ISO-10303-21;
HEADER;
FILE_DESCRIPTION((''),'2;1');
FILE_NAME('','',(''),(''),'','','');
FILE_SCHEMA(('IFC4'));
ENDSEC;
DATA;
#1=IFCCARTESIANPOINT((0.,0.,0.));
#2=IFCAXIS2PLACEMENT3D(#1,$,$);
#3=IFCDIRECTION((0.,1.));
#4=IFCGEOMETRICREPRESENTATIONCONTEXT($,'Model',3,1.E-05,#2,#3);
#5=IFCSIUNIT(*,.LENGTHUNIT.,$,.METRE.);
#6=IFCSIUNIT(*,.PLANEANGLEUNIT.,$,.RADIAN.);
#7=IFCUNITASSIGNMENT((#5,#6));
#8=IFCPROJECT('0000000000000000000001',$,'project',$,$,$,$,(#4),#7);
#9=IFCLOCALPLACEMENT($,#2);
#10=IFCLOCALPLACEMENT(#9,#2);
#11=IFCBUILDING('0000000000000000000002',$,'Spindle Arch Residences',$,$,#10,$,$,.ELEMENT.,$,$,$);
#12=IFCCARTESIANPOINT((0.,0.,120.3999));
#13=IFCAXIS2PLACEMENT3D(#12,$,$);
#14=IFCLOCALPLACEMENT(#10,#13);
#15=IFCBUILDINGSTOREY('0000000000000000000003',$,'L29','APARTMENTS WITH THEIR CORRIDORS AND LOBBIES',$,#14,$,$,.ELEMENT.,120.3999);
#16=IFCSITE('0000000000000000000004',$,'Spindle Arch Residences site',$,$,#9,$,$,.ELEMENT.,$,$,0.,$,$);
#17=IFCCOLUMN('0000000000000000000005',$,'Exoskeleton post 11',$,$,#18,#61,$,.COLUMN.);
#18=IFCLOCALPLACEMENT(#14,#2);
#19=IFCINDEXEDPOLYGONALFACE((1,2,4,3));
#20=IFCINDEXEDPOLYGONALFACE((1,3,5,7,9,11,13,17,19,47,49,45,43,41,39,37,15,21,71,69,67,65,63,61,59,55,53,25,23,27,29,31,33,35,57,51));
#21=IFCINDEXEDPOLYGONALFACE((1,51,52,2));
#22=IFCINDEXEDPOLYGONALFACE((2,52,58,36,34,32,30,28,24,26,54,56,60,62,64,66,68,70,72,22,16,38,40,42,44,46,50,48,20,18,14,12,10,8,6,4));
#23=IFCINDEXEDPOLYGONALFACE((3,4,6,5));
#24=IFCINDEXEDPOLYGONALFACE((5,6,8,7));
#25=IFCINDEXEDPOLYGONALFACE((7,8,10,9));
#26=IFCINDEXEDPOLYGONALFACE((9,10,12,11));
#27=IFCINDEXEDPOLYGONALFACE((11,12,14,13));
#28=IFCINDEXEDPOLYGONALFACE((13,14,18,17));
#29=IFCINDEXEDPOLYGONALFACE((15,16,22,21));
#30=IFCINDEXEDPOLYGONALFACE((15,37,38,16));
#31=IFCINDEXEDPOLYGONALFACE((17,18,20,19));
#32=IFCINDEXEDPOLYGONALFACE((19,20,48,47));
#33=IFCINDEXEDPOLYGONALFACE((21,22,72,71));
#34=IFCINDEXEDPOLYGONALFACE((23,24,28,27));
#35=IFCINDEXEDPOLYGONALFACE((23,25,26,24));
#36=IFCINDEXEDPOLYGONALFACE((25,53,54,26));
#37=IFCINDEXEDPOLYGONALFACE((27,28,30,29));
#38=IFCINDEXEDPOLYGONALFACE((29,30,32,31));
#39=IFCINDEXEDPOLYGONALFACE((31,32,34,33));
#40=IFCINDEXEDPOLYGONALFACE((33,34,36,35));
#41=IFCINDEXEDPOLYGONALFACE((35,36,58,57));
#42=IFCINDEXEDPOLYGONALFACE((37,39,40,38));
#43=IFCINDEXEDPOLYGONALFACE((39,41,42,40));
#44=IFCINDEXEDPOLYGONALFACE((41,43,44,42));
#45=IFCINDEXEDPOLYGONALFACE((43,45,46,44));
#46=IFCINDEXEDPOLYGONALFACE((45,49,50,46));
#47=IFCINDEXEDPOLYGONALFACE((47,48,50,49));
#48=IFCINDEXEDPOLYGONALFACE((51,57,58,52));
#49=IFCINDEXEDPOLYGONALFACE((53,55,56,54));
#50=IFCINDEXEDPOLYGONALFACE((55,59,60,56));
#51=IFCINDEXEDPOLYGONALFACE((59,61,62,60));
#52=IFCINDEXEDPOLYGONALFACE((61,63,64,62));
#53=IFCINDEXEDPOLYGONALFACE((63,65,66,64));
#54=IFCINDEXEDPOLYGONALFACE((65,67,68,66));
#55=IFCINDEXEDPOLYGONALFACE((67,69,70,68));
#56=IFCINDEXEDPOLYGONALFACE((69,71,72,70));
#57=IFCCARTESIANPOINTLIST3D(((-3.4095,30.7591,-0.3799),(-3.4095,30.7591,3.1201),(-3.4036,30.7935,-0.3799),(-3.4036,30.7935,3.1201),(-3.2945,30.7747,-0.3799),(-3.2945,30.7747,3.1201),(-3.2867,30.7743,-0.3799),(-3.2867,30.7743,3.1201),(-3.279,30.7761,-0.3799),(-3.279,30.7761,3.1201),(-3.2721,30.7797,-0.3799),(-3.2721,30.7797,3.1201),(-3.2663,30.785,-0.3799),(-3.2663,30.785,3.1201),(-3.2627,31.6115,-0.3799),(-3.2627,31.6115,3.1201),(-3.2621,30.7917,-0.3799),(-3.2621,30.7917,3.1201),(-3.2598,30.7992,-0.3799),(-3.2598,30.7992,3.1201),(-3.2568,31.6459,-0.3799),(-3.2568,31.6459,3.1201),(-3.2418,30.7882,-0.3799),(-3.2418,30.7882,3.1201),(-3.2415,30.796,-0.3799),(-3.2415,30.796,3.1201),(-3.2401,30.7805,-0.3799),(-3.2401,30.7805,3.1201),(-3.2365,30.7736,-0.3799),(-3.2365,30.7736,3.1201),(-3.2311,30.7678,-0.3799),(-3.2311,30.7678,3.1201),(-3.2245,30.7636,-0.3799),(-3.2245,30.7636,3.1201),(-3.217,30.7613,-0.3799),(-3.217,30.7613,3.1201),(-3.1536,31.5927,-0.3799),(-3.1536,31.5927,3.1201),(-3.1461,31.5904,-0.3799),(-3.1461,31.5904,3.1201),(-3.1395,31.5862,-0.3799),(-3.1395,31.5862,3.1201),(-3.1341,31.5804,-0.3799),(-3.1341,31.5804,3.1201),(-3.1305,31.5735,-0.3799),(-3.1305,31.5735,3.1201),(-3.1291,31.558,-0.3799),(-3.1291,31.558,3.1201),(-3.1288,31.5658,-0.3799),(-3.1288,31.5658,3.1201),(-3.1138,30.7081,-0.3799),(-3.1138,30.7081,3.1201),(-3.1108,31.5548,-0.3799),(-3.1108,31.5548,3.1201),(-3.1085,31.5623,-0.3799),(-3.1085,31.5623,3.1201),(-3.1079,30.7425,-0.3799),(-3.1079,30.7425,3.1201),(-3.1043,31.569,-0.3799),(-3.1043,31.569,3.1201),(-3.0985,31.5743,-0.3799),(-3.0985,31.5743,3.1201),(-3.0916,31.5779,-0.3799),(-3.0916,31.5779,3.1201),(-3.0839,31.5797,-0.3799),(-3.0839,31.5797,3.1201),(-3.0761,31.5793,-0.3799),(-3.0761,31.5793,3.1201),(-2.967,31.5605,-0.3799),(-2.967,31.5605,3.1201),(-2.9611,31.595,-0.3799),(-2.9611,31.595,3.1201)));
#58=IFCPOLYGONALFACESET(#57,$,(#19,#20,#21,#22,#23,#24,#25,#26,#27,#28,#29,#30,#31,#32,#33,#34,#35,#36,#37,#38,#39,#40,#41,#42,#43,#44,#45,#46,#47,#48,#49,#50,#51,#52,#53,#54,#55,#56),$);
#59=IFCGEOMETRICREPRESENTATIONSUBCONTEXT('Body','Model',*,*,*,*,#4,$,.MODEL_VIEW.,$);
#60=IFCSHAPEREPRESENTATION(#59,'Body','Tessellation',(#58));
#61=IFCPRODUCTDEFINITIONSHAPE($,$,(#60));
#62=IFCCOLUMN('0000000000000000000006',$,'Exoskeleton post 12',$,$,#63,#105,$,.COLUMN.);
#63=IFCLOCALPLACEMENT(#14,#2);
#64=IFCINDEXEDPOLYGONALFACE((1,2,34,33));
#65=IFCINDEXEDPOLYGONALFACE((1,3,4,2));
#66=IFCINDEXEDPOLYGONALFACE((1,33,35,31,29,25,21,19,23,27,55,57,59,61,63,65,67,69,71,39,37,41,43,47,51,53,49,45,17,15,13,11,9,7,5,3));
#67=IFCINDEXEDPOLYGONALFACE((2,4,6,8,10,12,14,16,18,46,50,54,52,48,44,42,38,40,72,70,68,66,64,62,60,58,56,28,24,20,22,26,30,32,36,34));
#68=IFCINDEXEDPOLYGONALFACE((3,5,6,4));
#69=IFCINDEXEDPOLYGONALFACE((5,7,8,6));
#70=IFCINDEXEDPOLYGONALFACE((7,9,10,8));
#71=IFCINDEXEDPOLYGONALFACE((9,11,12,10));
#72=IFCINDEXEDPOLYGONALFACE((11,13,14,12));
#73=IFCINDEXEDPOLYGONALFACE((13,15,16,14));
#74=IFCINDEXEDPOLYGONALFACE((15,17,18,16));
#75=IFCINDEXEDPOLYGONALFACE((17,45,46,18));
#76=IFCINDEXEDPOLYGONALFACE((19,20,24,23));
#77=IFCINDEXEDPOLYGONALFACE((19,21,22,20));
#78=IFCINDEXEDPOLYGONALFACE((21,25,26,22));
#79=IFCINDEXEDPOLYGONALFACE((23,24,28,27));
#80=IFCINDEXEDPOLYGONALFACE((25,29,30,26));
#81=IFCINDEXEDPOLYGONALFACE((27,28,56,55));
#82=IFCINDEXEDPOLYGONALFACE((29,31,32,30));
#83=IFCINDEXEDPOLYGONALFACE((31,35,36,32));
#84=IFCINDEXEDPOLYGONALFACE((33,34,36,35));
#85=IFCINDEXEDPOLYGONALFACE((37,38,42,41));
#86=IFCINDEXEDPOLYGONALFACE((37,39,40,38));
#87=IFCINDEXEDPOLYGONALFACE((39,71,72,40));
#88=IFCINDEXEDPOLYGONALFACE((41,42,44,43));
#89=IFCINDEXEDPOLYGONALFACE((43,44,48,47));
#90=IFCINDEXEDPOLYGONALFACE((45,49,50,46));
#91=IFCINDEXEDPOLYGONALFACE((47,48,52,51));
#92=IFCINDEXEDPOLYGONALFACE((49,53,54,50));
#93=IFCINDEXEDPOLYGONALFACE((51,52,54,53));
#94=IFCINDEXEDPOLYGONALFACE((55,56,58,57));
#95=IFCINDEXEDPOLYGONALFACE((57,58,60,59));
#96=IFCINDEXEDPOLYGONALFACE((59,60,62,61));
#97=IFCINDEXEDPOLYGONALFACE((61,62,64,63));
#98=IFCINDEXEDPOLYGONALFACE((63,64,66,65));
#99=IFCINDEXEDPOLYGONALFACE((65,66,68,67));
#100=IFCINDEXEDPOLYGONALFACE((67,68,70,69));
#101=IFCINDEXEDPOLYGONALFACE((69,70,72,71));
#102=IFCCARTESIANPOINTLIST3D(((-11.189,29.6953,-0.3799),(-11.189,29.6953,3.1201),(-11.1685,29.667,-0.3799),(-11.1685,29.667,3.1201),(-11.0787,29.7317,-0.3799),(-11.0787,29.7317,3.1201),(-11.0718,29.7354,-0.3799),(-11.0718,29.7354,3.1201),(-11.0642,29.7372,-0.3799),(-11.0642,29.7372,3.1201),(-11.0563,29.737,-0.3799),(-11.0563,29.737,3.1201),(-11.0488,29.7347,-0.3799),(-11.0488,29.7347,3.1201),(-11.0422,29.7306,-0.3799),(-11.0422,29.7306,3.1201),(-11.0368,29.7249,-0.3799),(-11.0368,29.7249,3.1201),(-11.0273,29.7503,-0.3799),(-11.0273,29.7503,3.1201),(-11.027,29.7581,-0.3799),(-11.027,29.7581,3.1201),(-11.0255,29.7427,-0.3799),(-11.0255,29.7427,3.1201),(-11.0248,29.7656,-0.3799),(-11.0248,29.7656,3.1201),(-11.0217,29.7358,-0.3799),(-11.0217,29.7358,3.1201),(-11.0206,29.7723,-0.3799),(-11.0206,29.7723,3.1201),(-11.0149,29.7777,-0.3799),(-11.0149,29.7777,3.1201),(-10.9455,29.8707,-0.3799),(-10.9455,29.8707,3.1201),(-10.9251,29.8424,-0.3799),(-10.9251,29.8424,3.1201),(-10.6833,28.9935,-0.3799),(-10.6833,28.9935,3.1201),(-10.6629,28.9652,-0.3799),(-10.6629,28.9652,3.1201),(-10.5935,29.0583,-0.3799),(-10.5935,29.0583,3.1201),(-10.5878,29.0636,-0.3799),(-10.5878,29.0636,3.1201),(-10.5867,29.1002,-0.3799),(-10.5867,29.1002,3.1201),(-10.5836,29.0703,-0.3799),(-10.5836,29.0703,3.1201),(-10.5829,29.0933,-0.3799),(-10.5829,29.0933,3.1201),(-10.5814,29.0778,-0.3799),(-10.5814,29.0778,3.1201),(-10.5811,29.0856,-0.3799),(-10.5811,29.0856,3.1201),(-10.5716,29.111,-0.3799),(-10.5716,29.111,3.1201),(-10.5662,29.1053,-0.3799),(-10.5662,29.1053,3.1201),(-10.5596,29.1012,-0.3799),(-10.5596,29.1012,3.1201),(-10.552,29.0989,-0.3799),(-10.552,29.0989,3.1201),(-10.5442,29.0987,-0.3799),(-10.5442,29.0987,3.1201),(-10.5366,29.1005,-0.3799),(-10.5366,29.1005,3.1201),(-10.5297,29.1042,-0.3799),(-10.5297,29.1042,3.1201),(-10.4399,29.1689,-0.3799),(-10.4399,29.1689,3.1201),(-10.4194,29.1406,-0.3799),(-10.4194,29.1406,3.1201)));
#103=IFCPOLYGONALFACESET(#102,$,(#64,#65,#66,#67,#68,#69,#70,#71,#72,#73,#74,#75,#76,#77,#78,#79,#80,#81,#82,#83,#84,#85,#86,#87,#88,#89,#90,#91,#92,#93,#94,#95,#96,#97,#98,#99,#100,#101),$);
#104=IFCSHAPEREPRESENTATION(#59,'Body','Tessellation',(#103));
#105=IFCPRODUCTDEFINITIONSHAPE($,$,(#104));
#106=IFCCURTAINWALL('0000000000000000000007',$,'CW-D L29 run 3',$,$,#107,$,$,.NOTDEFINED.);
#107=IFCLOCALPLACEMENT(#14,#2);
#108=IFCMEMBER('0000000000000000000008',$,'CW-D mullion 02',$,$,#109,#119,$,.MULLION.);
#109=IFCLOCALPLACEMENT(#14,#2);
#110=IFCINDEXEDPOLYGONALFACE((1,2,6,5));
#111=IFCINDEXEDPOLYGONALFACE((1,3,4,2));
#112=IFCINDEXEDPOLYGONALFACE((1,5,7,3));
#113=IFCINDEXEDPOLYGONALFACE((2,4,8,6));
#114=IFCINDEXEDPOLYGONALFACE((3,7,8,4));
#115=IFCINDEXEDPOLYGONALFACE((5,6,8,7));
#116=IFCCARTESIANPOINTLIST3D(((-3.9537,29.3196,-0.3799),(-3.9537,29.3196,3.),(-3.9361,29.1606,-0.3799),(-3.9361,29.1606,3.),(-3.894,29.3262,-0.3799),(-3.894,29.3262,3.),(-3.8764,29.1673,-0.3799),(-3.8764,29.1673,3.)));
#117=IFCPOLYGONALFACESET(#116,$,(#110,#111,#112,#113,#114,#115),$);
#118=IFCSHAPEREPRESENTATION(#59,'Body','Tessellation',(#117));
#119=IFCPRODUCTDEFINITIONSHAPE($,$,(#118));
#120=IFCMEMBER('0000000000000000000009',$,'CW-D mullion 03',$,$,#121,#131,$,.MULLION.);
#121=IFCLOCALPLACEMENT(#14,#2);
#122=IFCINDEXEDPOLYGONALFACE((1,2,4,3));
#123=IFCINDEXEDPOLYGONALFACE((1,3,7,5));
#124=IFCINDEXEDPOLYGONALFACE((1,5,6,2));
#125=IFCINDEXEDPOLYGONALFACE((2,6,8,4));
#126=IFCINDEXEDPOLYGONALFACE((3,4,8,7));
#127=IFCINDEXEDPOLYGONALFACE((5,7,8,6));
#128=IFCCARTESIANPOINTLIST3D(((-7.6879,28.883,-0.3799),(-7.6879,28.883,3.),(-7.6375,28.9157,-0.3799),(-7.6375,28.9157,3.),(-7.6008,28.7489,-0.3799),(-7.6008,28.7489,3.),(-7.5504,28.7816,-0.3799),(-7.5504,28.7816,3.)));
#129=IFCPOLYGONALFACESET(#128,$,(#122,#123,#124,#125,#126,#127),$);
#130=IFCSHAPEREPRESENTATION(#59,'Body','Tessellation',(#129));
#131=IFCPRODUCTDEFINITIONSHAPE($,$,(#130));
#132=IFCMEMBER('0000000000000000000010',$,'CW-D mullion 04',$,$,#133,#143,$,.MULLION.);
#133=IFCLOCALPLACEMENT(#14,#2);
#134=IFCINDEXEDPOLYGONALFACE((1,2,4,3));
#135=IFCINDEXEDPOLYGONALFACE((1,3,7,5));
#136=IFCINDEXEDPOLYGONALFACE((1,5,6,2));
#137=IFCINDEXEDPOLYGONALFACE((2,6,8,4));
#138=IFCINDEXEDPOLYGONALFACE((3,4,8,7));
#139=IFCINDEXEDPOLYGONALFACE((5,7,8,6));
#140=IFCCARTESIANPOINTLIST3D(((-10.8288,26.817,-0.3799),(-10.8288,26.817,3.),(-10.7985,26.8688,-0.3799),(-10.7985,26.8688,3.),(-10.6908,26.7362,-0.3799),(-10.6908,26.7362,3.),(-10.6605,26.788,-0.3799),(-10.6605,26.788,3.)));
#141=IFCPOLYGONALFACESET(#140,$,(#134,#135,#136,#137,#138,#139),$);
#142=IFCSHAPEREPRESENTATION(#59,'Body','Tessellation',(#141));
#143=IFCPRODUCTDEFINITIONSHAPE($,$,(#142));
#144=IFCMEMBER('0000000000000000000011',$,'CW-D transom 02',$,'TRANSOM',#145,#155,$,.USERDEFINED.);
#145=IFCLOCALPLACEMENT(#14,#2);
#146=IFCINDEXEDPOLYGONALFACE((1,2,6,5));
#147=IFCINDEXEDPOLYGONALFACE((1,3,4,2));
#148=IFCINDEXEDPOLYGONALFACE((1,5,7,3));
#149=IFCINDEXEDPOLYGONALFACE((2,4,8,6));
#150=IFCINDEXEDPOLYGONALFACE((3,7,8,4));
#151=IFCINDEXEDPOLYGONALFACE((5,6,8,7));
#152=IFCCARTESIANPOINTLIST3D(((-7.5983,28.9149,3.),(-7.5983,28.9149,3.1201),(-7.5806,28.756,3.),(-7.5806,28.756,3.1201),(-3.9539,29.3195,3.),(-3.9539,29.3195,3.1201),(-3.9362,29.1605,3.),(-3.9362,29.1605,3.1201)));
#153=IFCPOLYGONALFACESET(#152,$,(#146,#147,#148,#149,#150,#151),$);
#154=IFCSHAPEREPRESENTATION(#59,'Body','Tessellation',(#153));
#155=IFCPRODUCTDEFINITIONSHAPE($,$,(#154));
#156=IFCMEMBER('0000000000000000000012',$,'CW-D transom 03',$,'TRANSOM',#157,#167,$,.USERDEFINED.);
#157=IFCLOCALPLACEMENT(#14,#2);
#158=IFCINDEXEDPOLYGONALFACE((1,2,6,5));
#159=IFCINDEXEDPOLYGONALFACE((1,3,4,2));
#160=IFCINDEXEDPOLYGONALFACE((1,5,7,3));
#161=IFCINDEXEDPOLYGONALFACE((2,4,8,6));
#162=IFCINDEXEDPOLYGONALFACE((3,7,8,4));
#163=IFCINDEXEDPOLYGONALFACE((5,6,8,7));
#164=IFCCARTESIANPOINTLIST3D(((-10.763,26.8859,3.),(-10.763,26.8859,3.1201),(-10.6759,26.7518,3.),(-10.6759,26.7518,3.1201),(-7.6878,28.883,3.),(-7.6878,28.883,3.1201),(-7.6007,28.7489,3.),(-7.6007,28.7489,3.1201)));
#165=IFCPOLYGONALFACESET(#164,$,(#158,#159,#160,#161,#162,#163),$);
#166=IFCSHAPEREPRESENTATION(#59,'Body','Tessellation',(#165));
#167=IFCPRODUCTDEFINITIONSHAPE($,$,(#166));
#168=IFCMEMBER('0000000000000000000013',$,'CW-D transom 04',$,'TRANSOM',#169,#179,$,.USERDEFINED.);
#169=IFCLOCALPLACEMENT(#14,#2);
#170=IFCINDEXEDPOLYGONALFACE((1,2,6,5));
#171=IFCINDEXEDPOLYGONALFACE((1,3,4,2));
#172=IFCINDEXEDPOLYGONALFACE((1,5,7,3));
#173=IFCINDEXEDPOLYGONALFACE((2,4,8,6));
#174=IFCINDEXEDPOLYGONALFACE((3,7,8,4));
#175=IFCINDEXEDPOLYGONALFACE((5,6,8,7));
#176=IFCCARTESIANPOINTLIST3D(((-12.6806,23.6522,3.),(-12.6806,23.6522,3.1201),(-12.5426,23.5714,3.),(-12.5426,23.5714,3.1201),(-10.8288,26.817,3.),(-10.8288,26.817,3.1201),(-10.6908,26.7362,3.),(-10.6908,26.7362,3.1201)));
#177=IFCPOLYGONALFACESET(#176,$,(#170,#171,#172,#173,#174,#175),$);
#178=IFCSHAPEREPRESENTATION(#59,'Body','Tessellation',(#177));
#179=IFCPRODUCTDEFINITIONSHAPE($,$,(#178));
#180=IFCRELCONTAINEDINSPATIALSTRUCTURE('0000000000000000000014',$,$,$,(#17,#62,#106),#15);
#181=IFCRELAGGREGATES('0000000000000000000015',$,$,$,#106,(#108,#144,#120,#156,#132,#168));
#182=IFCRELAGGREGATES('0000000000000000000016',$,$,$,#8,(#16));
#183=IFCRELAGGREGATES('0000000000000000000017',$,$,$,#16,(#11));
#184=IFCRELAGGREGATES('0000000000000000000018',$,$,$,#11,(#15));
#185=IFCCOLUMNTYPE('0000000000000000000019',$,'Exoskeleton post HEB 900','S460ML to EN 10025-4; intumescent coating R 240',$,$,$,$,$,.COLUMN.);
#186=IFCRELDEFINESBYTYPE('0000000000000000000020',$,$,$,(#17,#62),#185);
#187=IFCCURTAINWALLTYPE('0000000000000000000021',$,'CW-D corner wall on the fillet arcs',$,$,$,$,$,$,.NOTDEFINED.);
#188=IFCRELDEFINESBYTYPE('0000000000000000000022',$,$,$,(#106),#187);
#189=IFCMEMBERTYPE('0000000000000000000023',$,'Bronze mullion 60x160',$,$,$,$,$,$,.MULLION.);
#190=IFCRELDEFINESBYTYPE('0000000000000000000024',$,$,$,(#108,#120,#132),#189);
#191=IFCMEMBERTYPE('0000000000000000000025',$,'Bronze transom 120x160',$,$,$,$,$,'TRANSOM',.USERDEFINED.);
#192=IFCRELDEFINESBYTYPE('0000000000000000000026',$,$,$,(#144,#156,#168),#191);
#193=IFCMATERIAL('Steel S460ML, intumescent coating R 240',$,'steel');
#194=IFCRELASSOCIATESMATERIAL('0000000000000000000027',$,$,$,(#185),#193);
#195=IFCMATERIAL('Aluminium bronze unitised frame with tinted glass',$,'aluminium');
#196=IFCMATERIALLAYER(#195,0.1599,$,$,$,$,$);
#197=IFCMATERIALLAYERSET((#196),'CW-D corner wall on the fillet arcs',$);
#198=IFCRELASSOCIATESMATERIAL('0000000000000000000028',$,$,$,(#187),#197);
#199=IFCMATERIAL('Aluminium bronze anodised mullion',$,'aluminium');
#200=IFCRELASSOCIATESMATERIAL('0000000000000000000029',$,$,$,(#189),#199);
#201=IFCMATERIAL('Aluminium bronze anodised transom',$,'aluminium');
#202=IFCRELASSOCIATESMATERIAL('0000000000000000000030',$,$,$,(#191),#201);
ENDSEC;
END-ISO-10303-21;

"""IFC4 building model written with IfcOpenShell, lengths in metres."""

from ifc_helpers import new_model, si_unit, direction, frame, origin, origin_2d, place, context, subcontext, project, spatial, rectangle, i_section, extrude, material, layer, layer_set, material_profile, profile_set, type_object, element, aggregate, save


model = new_model("IFC4")

# Units and contexts
model_context = context("Model", 3, precision=1e-05, world=origin(), true_north=direction((0.0, 1.0)))
body_context = subcontext(model_context, "Body", "Model", "MODEL_VIEW")
ifc_project = project(units=[si_unit("LENGTHUNIT", "METRE"), si_unit("PLANEANGLEUNIT", "RADIAN")], contexts=[model_context])

# Site, building, storey
site_placement = place(None, origin())
site = spatial("IfcSite", under=ifc_project, at=site_placement, Name="Spindle Arch Residences site", CompositionType="ELEMENT", RefElevation=0.0)
building_placement = place(site_placement, origin())
building = spatial("IfcBuilding", under=site, at=building_placement, Name="Spindle Arch Residences", CompositionType="ELEMENT")
storey_placement = place(building_placement, frame((0.0, 0.0, 120.3999)))
storey = spatial("IfcBuildingStorey", under=building, at=storey_placement, Name="L29", Description="APARTMENTS WITH THEIR CORRIDORS AND LOBBIES", CompositionType="ELEMENT", Elevation=120.3999)

# Columns
ifc_material_1 = material(Name="Steel S460ML, intumescent coating R 240", Category="steel")
ifc_material_profile_1 = material_profile(ifc_material_1, i_section(OverallWidth=0.3, OverallDepth=0.8999, WebThickness=0.0186, FlangeThickness=0.0349, FilletRadius=0.03, at=origin_2d()), Name="HEB 900")
ifc_profile_set_1 = profile_set([ifc_material_profile_1], Name="Steel S460ML, intumescent coating R 240")
column_type = type_object("IfcColumnType", Name="Exoskeleton post HEB 900", Description="S460ML to EN 10025-4; intumescent coating R 240", PredefinedType="COLUMN", material=ifc_profile_set_1)
for number, where, z_axis, x_axis, name in (
    (1, (-3.1853, 31.177, -0.3799), (0.0, 0.0, 1.0), (0.985485, -0.169765, 0.0), "Exoskeleton post 11"),
    (2, (-10.8042, 29.418, -0.3799), (0.0, 0.0, 1.0), (0.811328, 0.584591, 0.0), "Exoskeleton post 12"),
):
    element("IfcColumn", number, at=place(storey_placement, frame(where, z_axis=z_axis, x_axis=x_axis)), inside=storey, type_object=column_type, Name=name, PredefinedType="COLUMN", context=body_context, shape_type="SweptSolid", body=[
        extrude(i_section(OverallWidth=0.3, OverallDepth=0.8999, WebThickness=0.0186, FlangeThickness=0.0349, FilletRadius=0.03, at=origin_2d()), origin(), (0.0, 0.0, 1.0), 3.5),
    ])

# Curtain wall, members
ifc_material_2 = material(Name="Aluminium bronze unitised frame with tinted glass", Category="aluminium")
ifc_layer_1 = layer(ifc_material_2, 0.1599)
ifc_layer_set_1 = layer_set([ifc_layer_1], Name="CW-D corner wall on the fillet arcs")
curtain_wall_type = type_object("IfcCurtainWallType", Name="CW-D corner wall on the fillet arcs", PredefinedType="NOTDEFINED", material=ifc_layer_set_1)
curtain_wall_placement = place(storey_placement, origin())
curtain_wall = element("IfcCurtainWall", 3, at=curtain_wall_placement, inside=storey, type_object=curtain_wall_type, Name="CW-D L29 run 3", PredefinedType="NOTDEFINED")
ifc_material_3 = material(Name="Aluminium bronze anodised mullion", Category="aluminium")
ifc_material_profile_2 = material_profile(ifc_material_3, rectangle(XDim=0.1599, YDim=0.0601, at=origin_2d()), Name="MU 60x160")
ifc_profile_set_2 = profile_set([ifc_material_profile_2], Name="Aluminium bronze anodised mullion")
member_type_1 = type_object("IfcMemberType", Name="Bronze mullion 60x160", PredefinedType="MULLION", material=ifc_profile_set_2)
member_1_placement = place(storey_placement, frame((-3.915, 29.2434, -0.3799), z_axis=(0.0, 0.0, 1.0), x_axis=(0.110313, -0.993897, 0.0)))
member_1 = element("IfcMember", 4, at=member_1_placement, type_object=member_type_1, Name="CW-D mullion 02", PredefinedType="MULLION", context=body_context, shape_type="SweptSolid", body=[
    extrude(rectangle(XDim=0.1599, YDim=0.0601, at=origin_2d()), origin(), (0.0, 0.0, 1.0), 3.3799),
])
member_2_placement = place(storey_placement, frame((-7.6191, 28.8323, -0.3799), z_axis=(0.0, 0.0, 1.0), x_axis=(0.544639, -0.838671, 0.0)))
member_2 = element("IfcMember", 5, at=member_2_placement, type_object=member_type_1, Name="CW-D mullion 03", PredefinedType="MULLION", context=body_context, shape_type="SweptSolid", body=[
    extrude(rectangle(XDim=0.1599, YDim=0.0601, at=origin_2d()), origin(), (0.0, 0.0, 1.0), 3.3799),
])
member_3_placement = place(storey_placement, frame((-10.7446, 26.8025, -0.3799), z_axis=(0.0, 0.0, 1.0), x_axis=(0.863102, -0.50503, 0.0)))
member_3 = element("IfcMember", 6, at=member_3_placement, type_object=member_type_1, Name="CW-D mullion 04", PredefinedType="MULLION", context=body_context, shape_type="SweptSolid", body=[
    extrude(rectangle(XDim=0.1599, YDim=0.0601, at=origin_2d()), origin(), (0.0, 0.0, 1.0), 3.3799),
])
ifc_material_4 = material(Name="Aluminium bronze anodised transom", Category="aluminium")
ifc_material_profile_3 = material_profile(ifc_material_4, rectangle(XDim=0.1599, YDim=0.1201, at=origin_2d()), Name="TR 120x160")
ifc_profile_set_3 = profile_set([ifc_material_profile_3], Name="Aluminium bronze anodised transom")
member_type_2 = type_object("IfcMemberType", Name="Bronze transom 120x160", ElementType="TRANSOM", PredefinedType="USERDEFINED", material=ifc_profile_set_3)
member_4_placement = place(storey_placement, frame((-3.9451, 29.24, 3.0601), z_axis=(-0.993895, -0.110329, 0.0), x_axis=(0.110329, -0.993895, 0.0)))
member_4 = element("IfcMember", 7, at=member_4_placement, type_object=member_type_2, Name="CW-D transom 02", ObjectType="TRANSOM", PredefinedType="USERDEFINED", context=body_context, shape_type="SweptSolid", body=[
    extrude(rectangle(XDim=0.1599, YDim=0.1201, at=origin_2d()), origin(), (0.0, 0.0, 1.0), 3.6667),
])
member_5_placement = place(storey_placement, frame((-7.6443, 28.8159, 3.0601), z_axis=(-0.838669, -0.544642, 0.0), x_axis=(0.544642, -0.838669, 0.0)))
member_5 = element("IfcMember", 8, at=member_5_placement, type_object=member_type_2, Name="CW-D transom 03", ObjectType="TRANSOM", PredefinedType="USERDEFINED", context=body_context, shape_type="SweptSolid", body=[
    extrude(rectangle(XDim=0.1599, YDim=0.1201, at=origin_2d()), origin(), (0.0, 0.0, 1.0), 3.6667),
])
member_6_placement = place(storey_placement, frame((-10.7598, 26.7766, 3.0601), z_axis=(-0.505026, -0.863104, 0.0), x_axis=(0.863104, -0.505026, 0.0)))
member_6 = element("IfcMember", 9, at=member_6_placement, type_object=member_type_2, Name="CW-D transom 04", ObjectType="TRANSOM", PredefinedType="USERDEFINED", context=body_context, shape_type="SweptSolid", body=[
    extrude(rectangle(XDim=0.1599, YDim=0.1201, at=origin_2d()), origin(), (0.0, 0.0, 1.0), 3.6667),
])

aggregate(curtain_wall, [member_1, member_4, member_2, member_5, member_3, member_6])

save(model, "model.ifc")
